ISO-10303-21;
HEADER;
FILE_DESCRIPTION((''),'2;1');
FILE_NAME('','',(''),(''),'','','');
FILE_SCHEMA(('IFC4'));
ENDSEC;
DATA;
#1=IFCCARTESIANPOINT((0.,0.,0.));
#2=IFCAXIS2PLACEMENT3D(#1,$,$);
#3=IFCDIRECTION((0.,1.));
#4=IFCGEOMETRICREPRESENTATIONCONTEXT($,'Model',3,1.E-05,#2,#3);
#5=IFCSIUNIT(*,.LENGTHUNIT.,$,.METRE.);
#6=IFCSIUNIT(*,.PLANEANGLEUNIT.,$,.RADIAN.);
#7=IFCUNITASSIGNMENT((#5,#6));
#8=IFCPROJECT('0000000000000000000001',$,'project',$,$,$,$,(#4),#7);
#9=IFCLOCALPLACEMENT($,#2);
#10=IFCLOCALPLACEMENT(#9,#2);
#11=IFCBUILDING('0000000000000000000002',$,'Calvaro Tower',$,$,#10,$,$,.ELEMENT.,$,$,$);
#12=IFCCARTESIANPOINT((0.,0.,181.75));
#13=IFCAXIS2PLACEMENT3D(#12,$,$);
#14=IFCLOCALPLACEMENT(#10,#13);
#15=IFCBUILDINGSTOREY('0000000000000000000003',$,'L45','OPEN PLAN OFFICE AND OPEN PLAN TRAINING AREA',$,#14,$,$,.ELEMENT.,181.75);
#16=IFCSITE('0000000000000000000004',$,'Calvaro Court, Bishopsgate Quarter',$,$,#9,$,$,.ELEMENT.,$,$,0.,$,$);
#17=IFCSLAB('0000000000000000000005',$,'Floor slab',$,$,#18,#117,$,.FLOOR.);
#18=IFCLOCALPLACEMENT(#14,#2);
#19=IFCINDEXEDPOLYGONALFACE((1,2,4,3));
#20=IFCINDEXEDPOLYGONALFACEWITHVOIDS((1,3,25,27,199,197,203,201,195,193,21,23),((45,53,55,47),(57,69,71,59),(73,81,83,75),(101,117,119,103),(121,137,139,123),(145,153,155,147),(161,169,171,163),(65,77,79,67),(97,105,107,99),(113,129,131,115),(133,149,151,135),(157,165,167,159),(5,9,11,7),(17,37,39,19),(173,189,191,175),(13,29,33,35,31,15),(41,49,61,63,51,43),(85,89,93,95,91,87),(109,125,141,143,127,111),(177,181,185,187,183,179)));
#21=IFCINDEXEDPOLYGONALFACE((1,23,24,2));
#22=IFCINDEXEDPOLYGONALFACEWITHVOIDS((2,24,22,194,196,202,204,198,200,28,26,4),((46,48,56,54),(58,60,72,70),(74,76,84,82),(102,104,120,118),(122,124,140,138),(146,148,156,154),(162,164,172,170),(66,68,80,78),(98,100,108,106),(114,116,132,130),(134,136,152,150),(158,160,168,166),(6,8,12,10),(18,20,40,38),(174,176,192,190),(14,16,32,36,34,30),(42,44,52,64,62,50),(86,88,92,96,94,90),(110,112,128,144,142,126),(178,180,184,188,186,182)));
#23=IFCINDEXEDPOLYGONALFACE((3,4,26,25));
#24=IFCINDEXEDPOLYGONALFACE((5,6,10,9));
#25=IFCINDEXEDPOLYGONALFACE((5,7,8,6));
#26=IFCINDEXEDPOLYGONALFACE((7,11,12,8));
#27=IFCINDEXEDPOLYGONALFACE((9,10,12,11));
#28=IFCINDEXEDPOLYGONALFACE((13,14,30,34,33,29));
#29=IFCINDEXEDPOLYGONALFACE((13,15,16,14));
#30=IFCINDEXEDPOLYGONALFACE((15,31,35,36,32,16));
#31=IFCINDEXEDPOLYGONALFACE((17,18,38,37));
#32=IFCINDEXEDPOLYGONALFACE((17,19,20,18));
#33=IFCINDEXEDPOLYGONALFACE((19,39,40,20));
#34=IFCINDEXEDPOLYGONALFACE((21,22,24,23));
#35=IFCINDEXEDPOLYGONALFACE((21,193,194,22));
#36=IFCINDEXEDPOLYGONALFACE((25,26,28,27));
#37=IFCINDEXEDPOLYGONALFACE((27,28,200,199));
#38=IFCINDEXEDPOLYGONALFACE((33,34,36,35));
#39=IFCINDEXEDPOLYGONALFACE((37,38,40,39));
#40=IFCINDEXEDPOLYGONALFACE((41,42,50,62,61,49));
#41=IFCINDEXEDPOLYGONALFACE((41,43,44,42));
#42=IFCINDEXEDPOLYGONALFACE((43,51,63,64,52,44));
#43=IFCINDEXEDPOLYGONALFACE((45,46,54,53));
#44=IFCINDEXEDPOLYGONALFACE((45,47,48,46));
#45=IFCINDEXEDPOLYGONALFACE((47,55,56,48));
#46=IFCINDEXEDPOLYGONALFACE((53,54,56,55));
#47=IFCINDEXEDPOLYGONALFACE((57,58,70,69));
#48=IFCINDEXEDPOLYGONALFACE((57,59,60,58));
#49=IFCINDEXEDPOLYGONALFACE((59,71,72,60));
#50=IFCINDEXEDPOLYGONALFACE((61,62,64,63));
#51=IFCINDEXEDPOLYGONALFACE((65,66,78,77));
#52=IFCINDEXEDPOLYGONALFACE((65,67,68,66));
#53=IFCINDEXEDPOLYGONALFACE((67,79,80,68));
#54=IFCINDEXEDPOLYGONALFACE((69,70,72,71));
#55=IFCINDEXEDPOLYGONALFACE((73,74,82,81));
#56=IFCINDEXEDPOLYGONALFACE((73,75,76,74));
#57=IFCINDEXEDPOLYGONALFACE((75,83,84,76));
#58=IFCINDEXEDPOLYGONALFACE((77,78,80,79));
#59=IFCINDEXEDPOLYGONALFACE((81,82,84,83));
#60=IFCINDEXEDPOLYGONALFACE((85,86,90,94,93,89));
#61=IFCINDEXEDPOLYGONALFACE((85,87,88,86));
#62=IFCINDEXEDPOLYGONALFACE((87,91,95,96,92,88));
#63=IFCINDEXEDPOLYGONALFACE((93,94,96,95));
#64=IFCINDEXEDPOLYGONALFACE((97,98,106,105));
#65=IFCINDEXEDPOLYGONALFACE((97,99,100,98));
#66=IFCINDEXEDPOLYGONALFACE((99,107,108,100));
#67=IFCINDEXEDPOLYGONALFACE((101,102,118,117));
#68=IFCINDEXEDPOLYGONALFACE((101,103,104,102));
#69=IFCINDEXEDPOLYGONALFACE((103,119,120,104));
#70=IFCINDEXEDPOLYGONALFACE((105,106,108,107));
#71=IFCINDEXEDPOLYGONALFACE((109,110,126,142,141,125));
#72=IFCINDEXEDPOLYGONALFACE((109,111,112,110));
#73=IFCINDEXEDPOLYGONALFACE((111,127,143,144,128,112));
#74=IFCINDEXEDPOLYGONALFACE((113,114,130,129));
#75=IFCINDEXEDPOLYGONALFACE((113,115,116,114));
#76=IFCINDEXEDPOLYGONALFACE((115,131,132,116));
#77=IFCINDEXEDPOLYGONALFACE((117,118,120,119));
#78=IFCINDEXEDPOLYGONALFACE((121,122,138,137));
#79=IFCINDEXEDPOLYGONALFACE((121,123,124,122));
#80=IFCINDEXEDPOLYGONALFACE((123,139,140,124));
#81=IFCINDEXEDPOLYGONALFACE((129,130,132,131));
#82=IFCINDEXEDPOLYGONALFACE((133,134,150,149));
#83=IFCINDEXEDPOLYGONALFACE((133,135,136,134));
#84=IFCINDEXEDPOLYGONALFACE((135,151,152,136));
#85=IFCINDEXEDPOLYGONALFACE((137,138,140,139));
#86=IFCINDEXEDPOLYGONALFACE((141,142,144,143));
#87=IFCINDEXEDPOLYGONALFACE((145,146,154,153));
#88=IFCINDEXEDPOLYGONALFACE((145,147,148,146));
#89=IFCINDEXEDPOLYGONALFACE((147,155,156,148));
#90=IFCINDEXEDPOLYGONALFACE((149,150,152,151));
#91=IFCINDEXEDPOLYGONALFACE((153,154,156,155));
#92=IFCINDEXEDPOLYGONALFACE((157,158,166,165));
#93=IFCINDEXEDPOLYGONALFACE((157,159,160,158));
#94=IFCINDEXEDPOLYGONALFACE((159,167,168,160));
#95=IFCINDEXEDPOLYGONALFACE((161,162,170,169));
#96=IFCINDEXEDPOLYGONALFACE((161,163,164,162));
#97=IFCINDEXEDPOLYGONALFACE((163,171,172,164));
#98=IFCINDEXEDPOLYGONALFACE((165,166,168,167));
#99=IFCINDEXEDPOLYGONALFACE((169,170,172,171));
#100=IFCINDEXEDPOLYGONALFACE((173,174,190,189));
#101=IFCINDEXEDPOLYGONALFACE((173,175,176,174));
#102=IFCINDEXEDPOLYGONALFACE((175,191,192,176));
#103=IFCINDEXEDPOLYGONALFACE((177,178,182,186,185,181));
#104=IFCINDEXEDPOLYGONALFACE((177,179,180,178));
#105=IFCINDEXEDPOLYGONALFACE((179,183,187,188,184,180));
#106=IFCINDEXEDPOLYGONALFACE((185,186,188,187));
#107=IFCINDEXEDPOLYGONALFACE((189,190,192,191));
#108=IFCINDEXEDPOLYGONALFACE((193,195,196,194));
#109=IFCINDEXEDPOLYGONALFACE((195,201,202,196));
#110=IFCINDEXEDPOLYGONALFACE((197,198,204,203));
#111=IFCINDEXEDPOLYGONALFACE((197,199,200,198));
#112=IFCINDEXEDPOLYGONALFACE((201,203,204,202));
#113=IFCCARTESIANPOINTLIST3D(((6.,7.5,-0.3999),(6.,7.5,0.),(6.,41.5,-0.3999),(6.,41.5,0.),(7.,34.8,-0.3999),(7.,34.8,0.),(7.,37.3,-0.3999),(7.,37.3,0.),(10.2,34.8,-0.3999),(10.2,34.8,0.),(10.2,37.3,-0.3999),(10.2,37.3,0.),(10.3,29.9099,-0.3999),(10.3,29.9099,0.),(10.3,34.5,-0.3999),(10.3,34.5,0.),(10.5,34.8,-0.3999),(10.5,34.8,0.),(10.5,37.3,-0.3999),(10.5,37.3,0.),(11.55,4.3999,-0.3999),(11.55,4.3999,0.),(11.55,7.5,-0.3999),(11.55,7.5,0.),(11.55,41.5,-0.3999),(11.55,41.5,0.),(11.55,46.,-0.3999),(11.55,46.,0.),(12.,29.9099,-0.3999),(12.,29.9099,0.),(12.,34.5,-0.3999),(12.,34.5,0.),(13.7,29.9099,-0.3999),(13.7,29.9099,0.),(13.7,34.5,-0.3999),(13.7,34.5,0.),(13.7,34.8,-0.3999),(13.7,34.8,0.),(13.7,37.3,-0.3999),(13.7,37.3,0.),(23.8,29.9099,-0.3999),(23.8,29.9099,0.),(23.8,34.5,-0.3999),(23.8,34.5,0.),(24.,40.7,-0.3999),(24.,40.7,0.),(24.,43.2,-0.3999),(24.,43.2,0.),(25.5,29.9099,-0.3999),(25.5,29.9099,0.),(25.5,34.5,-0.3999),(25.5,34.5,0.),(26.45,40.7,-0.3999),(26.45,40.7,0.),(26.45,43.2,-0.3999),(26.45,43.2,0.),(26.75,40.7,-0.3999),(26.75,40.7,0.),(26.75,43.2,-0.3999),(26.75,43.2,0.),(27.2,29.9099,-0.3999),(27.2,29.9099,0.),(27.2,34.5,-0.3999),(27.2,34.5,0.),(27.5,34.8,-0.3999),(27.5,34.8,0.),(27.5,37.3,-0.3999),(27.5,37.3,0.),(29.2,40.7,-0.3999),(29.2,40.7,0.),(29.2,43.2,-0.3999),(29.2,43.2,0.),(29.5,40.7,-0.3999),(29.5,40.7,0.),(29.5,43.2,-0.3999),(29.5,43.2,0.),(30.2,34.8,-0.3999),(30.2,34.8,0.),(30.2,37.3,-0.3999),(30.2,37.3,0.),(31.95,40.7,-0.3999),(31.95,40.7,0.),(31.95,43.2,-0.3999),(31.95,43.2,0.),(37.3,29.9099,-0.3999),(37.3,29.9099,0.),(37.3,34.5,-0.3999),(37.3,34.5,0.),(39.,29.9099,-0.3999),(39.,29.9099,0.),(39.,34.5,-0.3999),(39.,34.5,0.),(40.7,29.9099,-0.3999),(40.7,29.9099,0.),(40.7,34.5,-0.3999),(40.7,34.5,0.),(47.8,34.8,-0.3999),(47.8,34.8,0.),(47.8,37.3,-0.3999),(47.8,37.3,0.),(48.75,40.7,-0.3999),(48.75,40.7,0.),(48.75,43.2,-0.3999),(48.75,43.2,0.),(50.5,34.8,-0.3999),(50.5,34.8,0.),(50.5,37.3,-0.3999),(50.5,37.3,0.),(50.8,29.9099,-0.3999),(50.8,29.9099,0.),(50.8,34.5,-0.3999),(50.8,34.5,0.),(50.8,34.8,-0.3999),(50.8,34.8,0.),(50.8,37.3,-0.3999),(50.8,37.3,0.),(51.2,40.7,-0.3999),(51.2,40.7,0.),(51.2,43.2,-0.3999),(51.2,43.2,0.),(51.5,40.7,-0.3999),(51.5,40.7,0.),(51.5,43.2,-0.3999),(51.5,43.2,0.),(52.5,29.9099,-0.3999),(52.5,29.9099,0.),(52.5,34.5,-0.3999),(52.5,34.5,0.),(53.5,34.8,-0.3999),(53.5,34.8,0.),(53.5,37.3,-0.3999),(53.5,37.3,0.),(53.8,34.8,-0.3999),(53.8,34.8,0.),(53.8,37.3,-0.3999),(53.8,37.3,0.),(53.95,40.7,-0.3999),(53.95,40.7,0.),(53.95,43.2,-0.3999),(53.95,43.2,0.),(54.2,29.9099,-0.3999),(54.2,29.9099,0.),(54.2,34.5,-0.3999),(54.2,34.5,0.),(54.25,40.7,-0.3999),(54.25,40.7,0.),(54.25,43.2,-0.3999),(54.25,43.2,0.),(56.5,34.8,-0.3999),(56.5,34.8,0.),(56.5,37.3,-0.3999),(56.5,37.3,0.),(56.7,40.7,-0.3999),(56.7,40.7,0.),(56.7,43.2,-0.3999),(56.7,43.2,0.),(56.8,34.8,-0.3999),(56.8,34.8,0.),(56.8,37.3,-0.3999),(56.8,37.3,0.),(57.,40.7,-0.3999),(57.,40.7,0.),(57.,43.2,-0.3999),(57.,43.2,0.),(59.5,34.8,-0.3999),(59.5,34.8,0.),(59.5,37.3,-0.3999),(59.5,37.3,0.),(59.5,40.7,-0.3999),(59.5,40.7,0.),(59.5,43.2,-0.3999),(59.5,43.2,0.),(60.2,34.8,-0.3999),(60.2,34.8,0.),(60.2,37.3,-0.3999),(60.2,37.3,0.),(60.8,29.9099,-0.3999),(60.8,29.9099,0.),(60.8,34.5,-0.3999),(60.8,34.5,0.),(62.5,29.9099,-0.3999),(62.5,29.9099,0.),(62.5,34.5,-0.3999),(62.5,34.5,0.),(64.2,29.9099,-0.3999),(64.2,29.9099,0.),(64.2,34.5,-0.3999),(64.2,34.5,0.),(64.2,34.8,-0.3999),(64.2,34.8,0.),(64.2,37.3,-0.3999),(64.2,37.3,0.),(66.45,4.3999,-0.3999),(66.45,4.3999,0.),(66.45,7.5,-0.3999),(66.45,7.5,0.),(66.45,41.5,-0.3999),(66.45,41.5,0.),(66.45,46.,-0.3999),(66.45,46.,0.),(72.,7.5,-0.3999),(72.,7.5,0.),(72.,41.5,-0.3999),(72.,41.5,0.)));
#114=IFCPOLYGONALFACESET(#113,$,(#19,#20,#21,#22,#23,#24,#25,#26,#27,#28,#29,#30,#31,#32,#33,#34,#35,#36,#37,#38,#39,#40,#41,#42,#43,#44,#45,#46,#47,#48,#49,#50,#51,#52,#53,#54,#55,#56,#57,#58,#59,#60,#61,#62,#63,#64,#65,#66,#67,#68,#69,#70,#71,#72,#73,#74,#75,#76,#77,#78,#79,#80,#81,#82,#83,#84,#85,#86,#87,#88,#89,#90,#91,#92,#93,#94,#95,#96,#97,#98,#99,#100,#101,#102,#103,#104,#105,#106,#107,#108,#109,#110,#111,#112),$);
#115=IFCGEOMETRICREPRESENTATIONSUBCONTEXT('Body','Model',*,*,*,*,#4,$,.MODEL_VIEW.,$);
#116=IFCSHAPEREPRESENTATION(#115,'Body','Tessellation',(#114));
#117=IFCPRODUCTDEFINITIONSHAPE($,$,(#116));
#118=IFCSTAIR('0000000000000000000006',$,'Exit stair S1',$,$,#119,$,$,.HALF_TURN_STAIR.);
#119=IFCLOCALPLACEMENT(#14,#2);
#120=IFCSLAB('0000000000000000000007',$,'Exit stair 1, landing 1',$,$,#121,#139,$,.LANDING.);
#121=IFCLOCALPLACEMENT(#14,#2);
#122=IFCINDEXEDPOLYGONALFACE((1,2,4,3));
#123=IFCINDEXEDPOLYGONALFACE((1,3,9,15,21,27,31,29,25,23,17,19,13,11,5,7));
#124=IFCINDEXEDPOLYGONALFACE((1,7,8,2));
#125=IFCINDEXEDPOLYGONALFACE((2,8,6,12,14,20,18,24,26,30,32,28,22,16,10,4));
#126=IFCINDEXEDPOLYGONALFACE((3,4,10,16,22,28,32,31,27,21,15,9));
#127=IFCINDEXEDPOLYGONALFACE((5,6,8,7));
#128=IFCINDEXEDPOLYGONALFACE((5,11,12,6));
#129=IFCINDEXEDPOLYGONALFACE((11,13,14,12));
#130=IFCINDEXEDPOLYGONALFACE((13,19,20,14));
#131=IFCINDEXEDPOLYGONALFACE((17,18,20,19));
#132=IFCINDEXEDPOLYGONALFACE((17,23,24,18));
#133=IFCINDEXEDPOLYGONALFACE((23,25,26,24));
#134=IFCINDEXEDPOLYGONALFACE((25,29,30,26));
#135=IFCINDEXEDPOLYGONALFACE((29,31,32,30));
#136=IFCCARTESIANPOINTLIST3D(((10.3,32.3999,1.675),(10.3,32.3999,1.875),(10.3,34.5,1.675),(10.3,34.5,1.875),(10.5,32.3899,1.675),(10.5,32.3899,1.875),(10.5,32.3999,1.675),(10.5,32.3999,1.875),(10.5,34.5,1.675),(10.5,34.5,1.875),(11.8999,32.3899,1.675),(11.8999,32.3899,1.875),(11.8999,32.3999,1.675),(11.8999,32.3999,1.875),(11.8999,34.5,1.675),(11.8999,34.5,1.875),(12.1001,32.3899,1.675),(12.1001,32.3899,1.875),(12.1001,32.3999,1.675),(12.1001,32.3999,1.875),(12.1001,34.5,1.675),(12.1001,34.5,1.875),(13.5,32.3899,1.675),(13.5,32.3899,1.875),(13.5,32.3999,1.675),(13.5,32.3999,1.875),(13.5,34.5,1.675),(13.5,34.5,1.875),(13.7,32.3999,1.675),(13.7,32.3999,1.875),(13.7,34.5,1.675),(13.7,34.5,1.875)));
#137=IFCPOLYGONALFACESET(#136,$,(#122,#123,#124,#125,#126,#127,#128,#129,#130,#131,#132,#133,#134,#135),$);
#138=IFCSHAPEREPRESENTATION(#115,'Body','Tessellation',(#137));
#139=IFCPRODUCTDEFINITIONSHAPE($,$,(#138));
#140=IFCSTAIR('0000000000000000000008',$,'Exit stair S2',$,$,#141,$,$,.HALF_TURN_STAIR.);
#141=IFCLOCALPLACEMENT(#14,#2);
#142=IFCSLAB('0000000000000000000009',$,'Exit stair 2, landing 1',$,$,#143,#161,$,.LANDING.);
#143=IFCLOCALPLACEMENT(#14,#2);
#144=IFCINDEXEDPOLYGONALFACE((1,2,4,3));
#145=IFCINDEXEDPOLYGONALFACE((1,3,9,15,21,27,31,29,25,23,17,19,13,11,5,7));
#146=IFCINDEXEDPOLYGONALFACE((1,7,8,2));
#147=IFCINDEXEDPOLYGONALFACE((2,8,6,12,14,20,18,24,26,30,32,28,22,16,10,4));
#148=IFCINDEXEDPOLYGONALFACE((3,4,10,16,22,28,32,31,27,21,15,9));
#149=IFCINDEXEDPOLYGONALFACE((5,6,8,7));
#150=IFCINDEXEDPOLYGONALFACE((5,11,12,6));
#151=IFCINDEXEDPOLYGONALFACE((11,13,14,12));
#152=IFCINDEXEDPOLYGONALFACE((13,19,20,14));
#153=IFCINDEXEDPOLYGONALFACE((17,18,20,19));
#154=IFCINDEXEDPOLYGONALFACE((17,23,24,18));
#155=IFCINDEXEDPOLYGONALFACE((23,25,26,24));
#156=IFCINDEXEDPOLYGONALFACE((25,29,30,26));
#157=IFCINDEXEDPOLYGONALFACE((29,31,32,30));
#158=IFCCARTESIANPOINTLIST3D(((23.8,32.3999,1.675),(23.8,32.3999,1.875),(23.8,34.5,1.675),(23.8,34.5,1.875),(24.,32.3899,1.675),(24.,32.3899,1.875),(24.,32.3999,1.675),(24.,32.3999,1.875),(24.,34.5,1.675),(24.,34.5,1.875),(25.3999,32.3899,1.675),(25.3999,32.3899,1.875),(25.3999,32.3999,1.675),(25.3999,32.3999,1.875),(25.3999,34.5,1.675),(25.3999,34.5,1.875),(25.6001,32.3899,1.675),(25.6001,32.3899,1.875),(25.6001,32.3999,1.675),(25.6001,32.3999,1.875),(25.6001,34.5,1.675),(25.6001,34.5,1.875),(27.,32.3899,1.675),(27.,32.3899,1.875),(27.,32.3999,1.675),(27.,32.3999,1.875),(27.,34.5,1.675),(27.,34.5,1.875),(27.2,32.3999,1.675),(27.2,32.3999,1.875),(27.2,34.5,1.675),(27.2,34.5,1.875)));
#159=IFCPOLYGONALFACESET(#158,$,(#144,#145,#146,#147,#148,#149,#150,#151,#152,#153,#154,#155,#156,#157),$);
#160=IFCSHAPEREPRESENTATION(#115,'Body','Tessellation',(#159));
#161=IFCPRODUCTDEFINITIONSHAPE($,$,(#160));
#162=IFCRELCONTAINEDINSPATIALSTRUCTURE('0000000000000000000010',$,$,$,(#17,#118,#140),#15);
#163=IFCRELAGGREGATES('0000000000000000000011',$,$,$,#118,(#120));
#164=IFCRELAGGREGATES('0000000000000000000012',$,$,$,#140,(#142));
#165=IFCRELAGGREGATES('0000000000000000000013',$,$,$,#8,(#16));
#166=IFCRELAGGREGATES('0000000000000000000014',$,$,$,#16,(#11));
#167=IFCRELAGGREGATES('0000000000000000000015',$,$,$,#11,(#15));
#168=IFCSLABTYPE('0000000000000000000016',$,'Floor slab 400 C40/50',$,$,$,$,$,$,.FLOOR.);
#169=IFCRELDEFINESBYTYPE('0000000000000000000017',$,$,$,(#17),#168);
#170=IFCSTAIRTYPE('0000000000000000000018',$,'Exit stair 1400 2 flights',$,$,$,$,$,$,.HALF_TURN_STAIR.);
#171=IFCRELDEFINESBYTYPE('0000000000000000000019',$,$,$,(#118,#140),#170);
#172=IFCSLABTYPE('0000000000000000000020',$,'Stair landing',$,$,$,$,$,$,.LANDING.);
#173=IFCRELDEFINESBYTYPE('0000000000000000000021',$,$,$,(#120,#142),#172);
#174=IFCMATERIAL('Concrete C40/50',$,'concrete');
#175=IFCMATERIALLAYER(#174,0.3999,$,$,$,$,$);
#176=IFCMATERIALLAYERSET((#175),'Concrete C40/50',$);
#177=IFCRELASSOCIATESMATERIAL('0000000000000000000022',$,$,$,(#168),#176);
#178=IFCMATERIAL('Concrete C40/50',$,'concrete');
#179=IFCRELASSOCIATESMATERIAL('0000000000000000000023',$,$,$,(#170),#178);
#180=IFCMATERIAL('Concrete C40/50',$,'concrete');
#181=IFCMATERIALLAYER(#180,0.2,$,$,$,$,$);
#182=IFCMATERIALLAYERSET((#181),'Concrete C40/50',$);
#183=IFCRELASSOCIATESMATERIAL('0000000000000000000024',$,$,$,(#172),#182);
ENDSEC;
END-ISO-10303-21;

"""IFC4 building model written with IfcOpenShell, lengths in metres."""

from ifc_helpers import new_model, si_unit, direction, frame, origin, place, context, subcontext, project, spatial, polyline, outline, extrude, material, layer, layer_set, type_object, element, aggregate, save


model = new_model("IFC4")

# Units and contexts
model_context = context("Model", 3, precision=1e-05, world=origin(), true_north=direction((0.0, 1.0)))
body_context = subcontext(model_context, "Body", "Model", "MODEL_VIEW")
ifc_project = project(units=[si_unit("LENGTHUNIT", "METRE"), si_unit("PLANEANGLEUNIT", "RADIAN")], contexts=[model_context])

# Site, building, storey
site_placement = place(None, origin())
site = spatial("IfcSite", under=ifc_project, at=site_placement, Name="Calvaro Court, Bishopsgate Quarter", CompositionType="ELEMENT", RefElevation=0.0)
building_placement = place(site_placement, origin())
building = spatial("IfcBuilding", under=site, at=building_placement, Name="Calvaro Tower", CompositionType="ELEMENT")
storey_placement = place(building_placement, frame((0.0, 0.0, 181.75)))
storey = spatial("IfcBuildingStorey", under=building, at=storey_placement, Name="L45", Description="OPEN PLAN OFFICE AND OPEN PLAN TRAINING AREA", CompositionType="ELEMENT", Elevation=181.75)

# Slab
ifc_material_1 = material(Name="Concrete C40/50", Category="concrete")
ifc_layer_1 = layer(ifc_material_1, 0.3999)
ifc_layer_set_1 = layer_set([ifc_layer_1], Name="Concrete C40/50")
slab_type_1 = type_object("IfcSlabType", Name="Floor slab 400 C40/50", PredefinedType="FLOOR", material=ifc_layer_set_1)
slab_1_placement = place(storey_placement, frame((0.0, 0.0, -0.3999)))
element("IfcSlab", 1, at=slab_1_placement, inside=storey, type_object=slab_type_1, Name="Floor slab", PredefinedType="FLOOR", context=body_context, shape_type="SweptSolid", body=[
    extrude(outline(polyline([(66.45, 7.5), (66.45, 4.3999), (11.55, 4.3999), (11.55, 7.5), (6.0, 7.5), (6.0, 41.5), (11.55, 41.5), (11.55, 46.0), (66.45, 46.0), (66.45, 41.5), (72.0, 41.5), (72.0, 7.5), (66.45, 7.5)]), holes=[polyline([(10.3, 29.9099), (10.3, 34.5), (12.0, 34.5), (13.7, 34.5), (13.7, 29.9099), (12.0, 29.9099), (10.3, 29.9099)]), polyline([(23.8, 29.9099), (23.8, 34.5), (25.5, 34.5), (27.2, 34.5), (27.2, 29.9099), (25.5, 29.9099), (23.8, 29.9099)]), polyline([(37.3, 29.9099), (37.3, 34.5), (39.0, 34.5), (40.7, 34.5), (40.7, 29.9099), (39.0, 29.9099), (37.3, 29.9099)]), polyline([(50.8, 29.9099), (50.8, 34.5), (52.5, 34.5), (54.2, 34.5), (54.2, 29.9099), (52.5, 29.9099), (50.8, 29.9099)]), polyline([(60.8, 29.9099), (60.8, 34.5), (62.5, 34.5), (64.2, 34.5), (64.2, 29.9099), (62.5, 29.9099), (60.8, 29.9099)]), polyline([(50.8, 34.8), (53.5, 34.8), (53.5, 37.3), (50.8, 37.3), (50.8, 34.8)]), polyline([(53.8, 34.8), (56.5, 34.8), (56.5, 37.3), (53.8, 37.3), (53.8, 34.8)]), polyline([(56.8, 34.8), (59.5, 34.8), (59.5, 37.3), (56.8, 37.3), (56.8, 34.8)]), polyline([(24.0, 40.7), (26.45, 40.7), (26.45, 43.2), (24.0, 43.2), (24.0, 40.7)]), polyline([(26.75, 40.7), (29.2, 40.7), (29.2, 43.2), (26.75, 43.2), (26.75, 40.7)]), polyline([(29.5, 40.7), (31.95, 40.7), (31.95, 43.2), (29.5, 43.2), (29.5, 40.7)]), polyline([(48.75, 40.7), (51.2, 40.7), (51.2, 43.2), (48.75, 43.2), (48.75, 40.7)]), polyline([(51.5, 40.7), (53.95, 40.7), (53.95, 43.2), (51.5, 43.2), (51.5, 40.7)]), polyline([(54.25, 40.7), (56.7, 40.7), (56.7, 43.2), (54.25, 43.2), (54.25, 40.7)]), polyline([(57.0, 40.7), (59.5, 40.7), (59.5, 43.2), (57.0, 43.2), (57.0, 40.7)]), polyline([(7.0, 34.8), (10.2, 34.8), (10.2, 37.3), (7.0, 37.3), (7.0, 34.8)]), polyline([(10.5, 34.8), (13.7, 34.8), (13.7, 37.3), (10.5, 37.3), (10.5, 34.8)]), polyline([(60.2, 34.8), (64.2, 34.8), (64.2, 37.3), (60.2, 37.3), (60.2, 34.8)]), polyline([(27.5, 34.8), (30.2, 34.8), (30.2, 37.3), (27.5, 37.3), (27.5, 34.8)]), polyline([(47.8, 34.8), (50.5, 34.8), (50.5, 37.3), (47.8, 37.3), (47.8, 34.8)])]), origin(), (0.0, 0.0, 1.0), 0.3999),
])

# Stairs, slabs
ifc_material_2 = material(Name="Concrete C40/50", Category="concrete")
stair_type = type_object("IfcStairType", Name="Exit stair 1400 2 flights", PredefinedType="HALF_TURN_STAIR", material=ifc_material_2)
stair_1_placement = place(storey_placement, origin())
stair_1 = element("IfcStair", 2, at=stair_1_placement, inside=storey, type_object=stair_type, Name="Exit stair S1", PredefinedType="HALF_TURN_STAIR")
ifc_material_3 = material(Name="Concrete C40/50", Category="concrete")
ifc_layer_2 = layer(ifc_material_3, 0.2)
ifc_layer_set_2 = layer_set([ifc_layer_2], Name="Concrete C40/50")
slab_type_2 = type_object("IfcSlabType", Name="Stair landing", PredefinedType="LANDING", material=ifc_layer_set_2)
slab_2_placement = place(storey_placement, frame((0.0, 0.0, 1.675)))
slab_2 = element("IfcSlab", 3, at=slab_2_placement, type_object=slab_type_2, Name="Exit stair 1, landing 1", PredefinedType="LANDING", context=body_context, shape_type="SweptSolid", body=[
    extrude(outline(polyline([(11.8999, 32.3899), (10.5, 32.3899), (10.5, 32.3999), (10.3, 32.3999), (10.3, 34.5), (10.5, 34.5), (11.8999, 34.5), (12.1001, 34.5), (13.5, 34.5), (13.7, 34.5), (13.7, 32.3999), (13.5, 32.3999), (13.5, 32.3899), (12.1001, 32.3899), (12.1001, 32.3999), (11.8999, 32.3999), (11.8999, 32.3899)])), origin(), (0.0, 0.0, 1.0), 0.2),
])
aggregate(stair_1, [slab_2])
stair_2_placement = place(storey_placement, origin())
stair_2 = element("IfcStair", 4, at=stair_2_placement, inside=storey, type_object=stair_type, Name="Exit stair S2", PredefinedType="HALF_TURN_STAIR")
slab_3_placement = place(storey_placement, frame((0.0, 0.0, 1.675)))
slab_3 = element("IfcSlab", 5, at=slab_3_placement, type_object=slab_type_2, Name="Exit stair 2, landing 1", PredefinedType="LANDING", context=body_context, shape_type="SweptSolid", body=[
    extrude(outline(polyline([(25.3999, 32.3899), (24.0, 32.3899), (24.0, 32.3999), (23.8, 32.3999), (23.8, 34.5), (24.0, 34.5), (25.3999, 34.5), (25.6001, 34.5), (27.0, 34.5), (27.2, 34.5), (27.2, 32.3999), (27.0, 32.3999), (27.0, 32.3899), (25.6001, 32.3899), (25.6001, 32.3999), (25.3999, 32.3999), (25.3999, 32.3899)])), origin(), (0.0, 0.0, 1.0), 0.2),
])
aggregate(stair_2, [slab_3])

save(model, "model.ifc")
